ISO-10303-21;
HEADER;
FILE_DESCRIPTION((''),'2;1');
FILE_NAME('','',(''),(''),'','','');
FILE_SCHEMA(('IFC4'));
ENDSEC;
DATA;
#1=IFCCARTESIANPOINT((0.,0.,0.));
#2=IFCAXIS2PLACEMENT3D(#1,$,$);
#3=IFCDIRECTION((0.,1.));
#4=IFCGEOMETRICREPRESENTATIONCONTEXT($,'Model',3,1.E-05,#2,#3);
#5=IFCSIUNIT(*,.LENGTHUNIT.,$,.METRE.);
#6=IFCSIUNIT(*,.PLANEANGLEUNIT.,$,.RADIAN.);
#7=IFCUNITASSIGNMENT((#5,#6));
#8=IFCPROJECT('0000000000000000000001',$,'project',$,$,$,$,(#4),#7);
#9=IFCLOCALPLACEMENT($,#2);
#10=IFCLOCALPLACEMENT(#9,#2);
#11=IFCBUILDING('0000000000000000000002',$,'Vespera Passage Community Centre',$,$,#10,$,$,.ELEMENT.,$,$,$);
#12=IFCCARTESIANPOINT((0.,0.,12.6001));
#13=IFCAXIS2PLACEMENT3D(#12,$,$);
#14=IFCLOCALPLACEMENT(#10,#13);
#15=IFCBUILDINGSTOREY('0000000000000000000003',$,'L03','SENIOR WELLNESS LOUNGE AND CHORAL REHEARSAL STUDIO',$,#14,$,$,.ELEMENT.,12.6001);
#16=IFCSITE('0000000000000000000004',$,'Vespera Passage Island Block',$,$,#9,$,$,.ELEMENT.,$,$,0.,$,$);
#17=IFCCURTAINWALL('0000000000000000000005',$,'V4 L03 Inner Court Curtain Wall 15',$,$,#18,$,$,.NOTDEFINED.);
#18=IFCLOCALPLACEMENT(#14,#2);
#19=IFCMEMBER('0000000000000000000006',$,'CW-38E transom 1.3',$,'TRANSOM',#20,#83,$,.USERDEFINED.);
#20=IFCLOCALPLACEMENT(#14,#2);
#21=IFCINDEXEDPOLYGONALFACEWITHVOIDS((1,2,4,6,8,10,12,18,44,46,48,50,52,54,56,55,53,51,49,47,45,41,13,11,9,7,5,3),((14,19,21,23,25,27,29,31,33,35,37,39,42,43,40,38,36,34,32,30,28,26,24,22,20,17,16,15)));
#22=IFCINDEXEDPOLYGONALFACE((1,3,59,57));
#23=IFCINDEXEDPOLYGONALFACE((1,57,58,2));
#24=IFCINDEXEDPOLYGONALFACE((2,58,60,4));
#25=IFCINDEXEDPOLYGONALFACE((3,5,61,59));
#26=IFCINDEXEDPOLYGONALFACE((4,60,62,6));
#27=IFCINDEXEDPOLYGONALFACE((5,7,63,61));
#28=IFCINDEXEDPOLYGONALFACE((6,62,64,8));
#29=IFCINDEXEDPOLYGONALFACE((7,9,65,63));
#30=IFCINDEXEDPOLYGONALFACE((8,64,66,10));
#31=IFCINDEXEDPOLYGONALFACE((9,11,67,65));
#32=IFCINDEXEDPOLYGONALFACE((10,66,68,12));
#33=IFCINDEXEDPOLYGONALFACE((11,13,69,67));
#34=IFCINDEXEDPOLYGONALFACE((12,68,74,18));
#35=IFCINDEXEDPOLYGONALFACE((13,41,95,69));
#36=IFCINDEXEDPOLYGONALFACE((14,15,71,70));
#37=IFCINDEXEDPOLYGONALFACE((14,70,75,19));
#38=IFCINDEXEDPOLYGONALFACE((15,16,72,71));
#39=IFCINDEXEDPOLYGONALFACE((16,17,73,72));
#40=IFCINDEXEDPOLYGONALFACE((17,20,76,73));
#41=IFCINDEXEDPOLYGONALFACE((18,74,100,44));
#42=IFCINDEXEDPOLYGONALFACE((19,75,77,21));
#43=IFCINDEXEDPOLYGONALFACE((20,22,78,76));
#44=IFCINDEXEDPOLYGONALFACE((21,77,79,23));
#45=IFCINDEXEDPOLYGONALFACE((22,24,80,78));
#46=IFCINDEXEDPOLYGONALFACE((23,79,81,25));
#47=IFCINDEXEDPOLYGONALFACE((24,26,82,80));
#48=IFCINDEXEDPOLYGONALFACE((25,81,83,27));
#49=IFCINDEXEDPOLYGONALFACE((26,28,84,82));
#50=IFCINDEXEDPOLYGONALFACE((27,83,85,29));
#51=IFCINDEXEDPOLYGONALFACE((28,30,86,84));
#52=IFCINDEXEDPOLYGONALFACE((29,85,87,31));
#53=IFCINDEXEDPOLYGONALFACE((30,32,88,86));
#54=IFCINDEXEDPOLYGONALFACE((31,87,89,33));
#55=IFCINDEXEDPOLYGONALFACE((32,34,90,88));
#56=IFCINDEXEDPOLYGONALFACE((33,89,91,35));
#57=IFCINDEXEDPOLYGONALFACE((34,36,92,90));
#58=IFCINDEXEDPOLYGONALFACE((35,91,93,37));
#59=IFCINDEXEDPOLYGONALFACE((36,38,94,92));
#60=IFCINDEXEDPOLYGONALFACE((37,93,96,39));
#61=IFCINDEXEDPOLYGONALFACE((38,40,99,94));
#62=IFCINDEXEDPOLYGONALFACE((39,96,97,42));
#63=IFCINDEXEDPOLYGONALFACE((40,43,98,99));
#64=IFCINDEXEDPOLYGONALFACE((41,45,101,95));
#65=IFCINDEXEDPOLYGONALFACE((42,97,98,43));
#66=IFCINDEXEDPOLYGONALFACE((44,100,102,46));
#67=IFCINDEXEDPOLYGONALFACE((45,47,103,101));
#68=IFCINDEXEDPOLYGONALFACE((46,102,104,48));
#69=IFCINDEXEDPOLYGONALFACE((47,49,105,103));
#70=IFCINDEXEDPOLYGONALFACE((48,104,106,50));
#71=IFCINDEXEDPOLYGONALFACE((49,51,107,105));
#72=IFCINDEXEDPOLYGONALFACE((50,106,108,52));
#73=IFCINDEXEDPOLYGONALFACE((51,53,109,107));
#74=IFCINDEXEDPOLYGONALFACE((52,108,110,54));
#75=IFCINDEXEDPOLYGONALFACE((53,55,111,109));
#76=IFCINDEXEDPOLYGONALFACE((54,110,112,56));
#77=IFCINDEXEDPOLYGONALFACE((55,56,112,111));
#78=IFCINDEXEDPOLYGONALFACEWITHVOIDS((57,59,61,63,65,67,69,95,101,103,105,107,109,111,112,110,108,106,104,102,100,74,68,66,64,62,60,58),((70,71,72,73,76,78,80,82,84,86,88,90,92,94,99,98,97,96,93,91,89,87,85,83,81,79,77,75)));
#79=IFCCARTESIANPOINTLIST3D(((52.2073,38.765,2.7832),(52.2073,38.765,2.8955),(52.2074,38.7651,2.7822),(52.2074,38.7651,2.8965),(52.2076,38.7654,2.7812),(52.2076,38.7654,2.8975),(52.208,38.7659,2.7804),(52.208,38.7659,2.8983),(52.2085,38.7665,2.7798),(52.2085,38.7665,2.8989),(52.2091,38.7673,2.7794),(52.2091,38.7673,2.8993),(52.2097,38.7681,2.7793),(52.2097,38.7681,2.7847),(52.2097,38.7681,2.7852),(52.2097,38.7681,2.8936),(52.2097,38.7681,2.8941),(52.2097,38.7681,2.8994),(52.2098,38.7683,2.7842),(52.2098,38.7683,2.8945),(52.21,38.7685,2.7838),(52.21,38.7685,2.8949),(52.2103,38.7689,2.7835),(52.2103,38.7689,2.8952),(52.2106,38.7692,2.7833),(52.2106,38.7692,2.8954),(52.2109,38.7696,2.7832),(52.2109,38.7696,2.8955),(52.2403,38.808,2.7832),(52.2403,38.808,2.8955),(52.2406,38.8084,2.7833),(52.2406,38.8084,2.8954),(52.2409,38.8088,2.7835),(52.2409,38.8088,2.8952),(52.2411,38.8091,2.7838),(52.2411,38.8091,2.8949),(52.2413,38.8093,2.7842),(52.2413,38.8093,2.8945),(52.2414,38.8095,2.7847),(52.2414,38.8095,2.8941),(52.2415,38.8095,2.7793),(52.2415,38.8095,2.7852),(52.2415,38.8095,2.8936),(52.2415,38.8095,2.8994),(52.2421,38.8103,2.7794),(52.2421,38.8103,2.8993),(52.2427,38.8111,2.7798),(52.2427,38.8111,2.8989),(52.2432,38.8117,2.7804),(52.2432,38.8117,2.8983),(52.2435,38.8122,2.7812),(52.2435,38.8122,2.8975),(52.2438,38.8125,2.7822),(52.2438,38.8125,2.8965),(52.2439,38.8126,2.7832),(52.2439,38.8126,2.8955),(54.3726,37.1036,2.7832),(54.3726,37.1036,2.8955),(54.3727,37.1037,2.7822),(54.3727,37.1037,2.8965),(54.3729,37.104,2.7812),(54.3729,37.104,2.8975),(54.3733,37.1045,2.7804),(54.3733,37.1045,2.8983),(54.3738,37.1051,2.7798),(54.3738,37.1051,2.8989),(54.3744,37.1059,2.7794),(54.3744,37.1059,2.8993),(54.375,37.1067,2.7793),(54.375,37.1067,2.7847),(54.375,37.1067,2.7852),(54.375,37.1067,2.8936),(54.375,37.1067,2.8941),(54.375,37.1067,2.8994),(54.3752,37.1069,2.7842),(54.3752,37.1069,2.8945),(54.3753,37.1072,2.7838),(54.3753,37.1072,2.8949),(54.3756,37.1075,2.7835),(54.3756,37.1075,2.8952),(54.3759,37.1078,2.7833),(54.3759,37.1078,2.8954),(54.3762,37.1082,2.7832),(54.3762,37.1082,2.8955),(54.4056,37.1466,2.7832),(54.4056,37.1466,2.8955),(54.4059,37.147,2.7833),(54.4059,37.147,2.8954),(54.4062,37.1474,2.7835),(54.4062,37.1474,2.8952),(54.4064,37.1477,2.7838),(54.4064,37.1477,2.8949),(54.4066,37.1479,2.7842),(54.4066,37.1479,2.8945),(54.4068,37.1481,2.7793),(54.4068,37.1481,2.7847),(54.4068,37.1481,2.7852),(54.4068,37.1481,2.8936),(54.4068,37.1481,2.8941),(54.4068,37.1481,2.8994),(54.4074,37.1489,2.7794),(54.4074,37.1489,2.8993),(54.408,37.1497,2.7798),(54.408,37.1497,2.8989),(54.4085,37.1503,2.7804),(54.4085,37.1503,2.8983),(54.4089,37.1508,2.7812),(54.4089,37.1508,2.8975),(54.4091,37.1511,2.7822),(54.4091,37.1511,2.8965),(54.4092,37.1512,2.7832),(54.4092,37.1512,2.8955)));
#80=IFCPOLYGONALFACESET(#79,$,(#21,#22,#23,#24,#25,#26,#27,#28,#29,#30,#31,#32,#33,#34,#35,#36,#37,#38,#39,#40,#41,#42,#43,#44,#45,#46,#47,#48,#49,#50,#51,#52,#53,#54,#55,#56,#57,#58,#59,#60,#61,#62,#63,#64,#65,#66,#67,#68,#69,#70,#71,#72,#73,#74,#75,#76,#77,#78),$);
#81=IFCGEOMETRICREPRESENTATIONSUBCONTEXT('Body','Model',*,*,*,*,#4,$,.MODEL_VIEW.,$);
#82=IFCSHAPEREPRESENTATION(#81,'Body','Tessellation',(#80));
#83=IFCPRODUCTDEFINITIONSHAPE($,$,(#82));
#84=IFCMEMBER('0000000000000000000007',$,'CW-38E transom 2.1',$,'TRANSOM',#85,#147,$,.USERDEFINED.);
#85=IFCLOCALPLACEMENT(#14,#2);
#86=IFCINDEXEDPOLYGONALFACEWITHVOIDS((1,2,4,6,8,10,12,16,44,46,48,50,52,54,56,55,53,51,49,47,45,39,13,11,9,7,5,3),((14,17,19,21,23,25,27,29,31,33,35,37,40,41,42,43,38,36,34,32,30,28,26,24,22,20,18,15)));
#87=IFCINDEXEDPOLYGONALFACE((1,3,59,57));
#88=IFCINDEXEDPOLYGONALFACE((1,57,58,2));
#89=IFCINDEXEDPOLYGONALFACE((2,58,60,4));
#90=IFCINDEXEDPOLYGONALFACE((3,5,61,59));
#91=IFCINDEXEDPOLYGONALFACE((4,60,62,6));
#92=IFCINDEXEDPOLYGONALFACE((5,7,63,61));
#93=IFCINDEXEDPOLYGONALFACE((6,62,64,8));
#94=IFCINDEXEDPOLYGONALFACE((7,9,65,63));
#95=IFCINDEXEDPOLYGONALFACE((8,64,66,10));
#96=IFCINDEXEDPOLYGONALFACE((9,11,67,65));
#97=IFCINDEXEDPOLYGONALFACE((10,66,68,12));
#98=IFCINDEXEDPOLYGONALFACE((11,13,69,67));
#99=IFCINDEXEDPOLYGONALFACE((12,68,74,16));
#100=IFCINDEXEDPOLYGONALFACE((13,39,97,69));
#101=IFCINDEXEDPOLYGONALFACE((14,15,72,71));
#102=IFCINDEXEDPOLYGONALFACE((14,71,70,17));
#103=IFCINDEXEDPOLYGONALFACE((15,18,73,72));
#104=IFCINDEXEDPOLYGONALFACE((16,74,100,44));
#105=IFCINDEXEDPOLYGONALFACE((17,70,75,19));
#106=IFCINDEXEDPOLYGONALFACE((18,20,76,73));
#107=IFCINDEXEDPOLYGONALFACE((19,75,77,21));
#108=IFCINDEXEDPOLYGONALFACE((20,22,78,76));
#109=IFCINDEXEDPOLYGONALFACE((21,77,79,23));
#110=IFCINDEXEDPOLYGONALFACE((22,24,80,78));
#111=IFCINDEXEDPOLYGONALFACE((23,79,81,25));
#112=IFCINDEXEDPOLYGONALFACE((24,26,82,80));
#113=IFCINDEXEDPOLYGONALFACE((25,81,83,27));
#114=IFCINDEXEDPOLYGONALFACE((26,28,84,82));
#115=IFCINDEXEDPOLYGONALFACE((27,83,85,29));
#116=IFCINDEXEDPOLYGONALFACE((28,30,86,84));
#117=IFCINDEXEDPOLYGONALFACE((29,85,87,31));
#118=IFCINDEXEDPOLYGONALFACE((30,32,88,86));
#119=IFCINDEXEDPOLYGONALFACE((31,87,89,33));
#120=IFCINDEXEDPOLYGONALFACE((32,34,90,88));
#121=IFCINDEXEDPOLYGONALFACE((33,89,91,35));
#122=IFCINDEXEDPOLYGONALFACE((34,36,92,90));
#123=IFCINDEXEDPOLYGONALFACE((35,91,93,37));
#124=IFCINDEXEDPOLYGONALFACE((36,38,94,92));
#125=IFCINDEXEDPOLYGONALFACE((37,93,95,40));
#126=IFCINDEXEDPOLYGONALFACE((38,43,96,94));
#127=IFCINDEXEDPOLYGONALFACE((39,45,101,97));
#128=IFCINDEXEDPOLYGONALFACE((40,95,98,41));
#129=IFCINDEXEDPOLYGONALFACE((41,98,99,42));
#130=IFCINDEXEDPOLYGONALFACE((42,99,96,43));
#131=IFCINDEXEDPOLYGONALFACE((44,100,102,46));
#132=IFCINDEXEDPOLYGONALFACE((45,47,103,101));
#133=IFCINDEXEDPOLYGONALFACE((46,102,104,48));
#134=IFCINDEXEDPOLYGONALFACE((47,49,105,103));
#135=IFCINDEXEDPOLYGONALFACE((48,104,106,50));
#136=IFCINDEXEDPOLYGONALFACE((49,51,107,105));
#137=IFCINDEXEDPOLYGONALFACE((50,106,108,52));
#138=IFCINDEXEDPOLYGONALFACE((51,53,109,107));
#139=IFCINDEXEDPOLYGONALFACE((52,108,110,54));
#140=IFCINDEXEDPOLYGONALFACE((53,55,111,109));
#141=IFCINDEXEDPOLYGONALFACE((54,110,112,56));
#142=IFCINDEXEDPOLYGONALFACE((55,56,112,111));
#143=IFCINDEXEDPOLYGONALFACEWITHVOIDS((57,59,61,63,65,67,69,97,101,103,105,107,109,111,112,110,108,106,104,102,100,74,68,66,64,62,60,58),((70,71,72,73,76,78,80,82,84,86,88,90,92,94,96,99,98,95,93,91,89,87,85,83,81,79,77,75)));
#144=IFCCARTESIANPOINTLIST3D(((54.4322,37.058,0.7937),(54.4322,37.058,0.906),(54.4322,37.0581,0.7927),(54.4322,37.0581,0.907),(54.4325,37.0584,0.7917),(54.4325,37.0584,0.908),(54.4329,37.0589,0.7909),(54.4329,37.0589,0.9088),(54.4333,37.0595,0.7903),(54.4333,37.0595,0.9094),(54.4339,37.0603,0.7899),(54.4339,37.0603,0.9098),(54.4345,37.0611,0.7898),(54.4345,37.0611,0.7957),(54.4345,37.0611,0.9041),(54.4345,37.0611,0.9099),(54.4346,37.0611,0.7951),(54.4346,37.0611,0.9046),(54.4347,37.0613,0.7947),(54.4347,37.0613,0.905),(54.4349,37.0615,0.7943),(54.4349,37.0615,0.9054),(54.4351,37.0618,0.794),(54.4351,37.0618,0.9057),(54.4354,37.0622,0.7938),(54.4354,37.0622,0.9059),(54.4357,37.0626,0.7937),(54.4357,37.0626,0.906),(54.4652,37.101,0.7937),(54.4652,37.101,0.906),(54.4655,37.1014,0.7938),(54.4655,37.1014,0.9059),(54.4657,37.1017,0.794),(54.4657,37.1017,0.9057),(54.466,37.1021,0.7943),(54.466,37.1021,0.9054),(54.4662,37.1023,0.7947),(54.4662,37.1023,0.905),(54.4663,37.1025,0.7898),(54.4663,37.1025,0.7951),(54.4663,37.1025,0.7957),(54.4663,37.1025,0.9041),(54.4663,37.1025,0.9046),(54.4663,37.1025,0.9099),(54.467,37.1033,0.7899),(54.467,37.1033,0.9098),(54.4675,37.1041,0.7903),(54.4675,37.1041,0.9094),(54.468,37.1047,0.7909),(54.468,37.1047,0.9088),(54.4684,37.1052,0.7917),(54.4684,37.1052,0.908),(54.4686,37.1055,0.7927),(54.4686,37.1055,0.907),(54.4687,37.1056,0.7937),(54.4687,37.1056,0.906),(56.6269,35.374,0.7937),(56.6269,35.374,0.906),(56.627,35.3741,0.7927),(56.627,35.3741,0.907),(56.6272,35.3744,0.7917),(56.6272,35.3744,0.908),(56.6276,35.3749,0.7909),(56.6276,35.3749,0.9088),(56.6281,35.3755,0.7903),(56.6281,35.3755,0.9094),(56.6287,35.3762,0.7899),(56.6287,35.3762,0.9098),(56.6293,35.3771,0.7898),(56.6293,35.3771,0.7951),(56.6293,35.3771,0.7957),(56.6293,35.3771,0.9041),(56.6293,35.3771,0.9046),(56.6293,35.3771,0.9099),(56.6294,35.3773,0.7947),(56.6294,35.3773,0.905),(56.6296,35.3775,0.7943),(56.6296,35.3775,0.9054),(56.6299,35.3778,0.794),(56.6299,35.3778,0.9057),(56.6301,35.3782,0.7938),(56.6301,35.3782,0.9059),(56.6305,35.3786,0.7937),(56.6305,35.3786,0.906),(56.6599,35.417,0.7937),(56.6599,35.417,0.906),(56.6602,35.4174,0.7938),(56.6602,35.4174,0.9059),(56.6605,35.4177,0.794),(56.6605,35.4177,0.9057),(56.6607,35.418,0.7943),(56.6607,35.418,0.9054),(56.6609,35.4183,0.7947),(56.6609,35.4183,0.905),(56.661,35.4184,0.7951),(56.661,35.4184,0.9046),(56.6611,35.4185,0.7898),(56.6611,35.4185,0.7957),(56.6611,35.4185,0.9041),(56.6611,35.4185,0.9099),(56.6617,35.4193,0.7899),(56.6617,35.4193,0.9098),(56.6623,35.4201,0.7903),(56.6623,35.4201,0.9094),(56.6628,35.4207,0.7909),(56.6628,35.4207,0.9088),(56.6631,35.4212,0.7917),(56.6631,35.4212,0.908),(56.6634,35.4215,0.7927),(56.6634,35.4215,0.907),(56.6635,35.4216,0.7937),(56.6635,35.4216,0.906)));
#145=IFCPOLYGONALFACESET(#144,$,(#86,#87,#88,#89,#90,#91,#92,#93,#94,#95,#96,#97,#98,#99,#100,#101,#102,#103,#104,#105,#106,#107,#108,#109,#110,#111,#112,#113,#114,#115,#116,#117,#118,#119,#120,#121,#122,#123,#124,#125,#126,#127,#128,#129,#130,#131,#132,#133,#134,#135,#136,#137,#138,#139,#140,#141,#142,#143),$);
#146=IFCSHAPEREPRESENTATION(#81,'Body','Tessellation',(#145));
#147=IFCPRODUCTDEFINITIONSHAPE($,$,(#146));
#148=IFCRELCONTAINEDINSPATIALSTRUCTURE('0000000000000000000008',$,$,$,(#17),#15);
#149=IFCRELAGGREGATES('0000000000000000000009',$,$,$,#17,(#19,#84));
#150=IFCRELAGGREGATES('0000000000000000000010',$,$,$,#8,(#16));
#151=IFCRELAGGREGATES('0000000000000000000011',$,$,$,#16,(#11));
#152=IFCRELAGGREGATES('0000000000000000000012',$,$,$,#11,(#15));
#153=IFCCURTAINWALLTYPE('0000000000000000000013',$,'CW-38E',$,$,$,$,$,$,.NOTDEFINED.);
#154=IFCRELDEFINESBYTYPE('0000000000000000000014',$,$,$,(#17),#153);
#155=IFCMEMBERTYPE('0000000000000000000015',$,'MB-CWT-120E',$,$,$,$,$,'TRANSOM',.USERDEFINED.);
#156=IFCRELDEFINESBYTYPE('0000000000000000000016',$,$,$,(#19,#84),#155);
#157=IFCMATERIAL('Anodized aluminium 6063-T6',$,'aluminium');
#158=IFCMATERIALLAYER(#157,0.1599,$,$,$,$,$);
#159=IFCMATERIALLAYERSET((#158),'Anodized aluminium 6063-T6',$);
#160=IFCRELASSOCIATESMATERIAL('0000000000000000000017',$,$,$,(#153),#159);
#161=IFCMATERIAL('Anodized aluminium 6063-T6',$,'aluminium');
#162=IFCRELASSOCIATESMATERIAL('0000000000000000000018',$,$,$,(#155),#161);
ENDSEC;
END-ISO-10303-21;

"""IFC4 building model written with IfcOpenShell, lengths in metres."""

from ifc_helpers import new_model, si_unit, direction, frame, origin, origin_2d, place, context, subcontext, project, spatial, hollow_rectangle, extrude, material, layer, layer_set, material_profile, profile_set, type_object, element, aggregate, save


model = new_model("IFC4")

# Units and contexts
model_context = context("Model", 3, precision=1e-05, world=origin(), true_north=direction((0.0, 1.0)))
body_context = subcontext(model_context, "Body", "Model", "MODEL_VIEW")
ifc_project = project(units=[si_unit("LENGTHUNIT", "METRE"), si_unit("PLANEANGLEUNIT", "RADIAN")], contexts=[model_context])

# Site, building, storey
site_placement = place(None, origin())
site = spatial("IfcSite", under=ifc_project, at=site_placement, Name="Vespera Passage Island Block", CompositionType="ELEMENT", RefElevation=0.0)
building_placement = place(site_placement, origin())
building = spatial("IfcBuilding", under=site, at=building_placement, Name="Vespera Passage Community Centre", CompositionType="ELEMENT")
storey_placement = place(building_placement, frame((0.0, 0.0, 12.6001)))
storey = spatial("IfcBuildingStorey", under=building, at=storey_placement, Name="L03", Description="SENIOR WELLNESS LOUNGE AND CHORAL REHEARSAL STUDIO", CompositionType="ELEMENT", Elevation=12.6001)

# Curtain wall
ifc_material_1 = material(Name="Anodized aluminium 6063-T6", Category="aluminium")
ifc_layer_1 = layer(ifc_material_1, 0.1599)
ifc_layer_set_1 = layer_set([ifc_layer_1], Name="Anodized aluminium 6063-T6")
curtain_wall_type_1 = type_object("IfcCurtainWallType", Name="CW-38E", PredefinedType="NOTDEFINED", material=ifc_layer_set_1)
curtain_wall_1_placement = place(storey_placement, origin())
curtain_wall_1 = element("IfcCurtainWall", 1, at=curtain_wall_1_placement, inside=storey, type_object=curtain_wall_type_1, Name="V4 L03 Inner Court Curtain Wall 15", PredefinedType="NOTDEFINED")

# Members
ifc_material_2 = material(Name="Anodized aluminium 6063-T6", Category="aluminium")
ifc_material_profile_1 = material_profile(ifc_material_2, hollow_rectangle(XDim=0.0601, YDim=0.1201, WallThickness=0.0039, InnerFilletRadius=0.002, OuterFilletRadius=0.0039, at=origin_2d()), Name="ALU120X60X4")
ifc_profile_set_1 = profile_set([ifc_material_profile_1], Name="Anodized aluminium 6063-T6")
member_type_1 = type_object("IfcMemberType", Name="MB-CWT-120E", ElementType="TRANSOM", PredefinedType="USERDEFINED", material=ifc_profile_set_1)
member_1_placement = place(storey_placement, frame((52.2256, 38.7888, 2.8394), z_axis=(0.793372, -0.608738, 0.0), x_axis=(0.608738, 0.793372, 0.0)))
member_1 = element("IfcMember", 2, at=member_1_placement, type_object=member_type_1, Name="CW-38E transom 1.3", ObjectType="TRANSOM", PredefinedType="USERDEFINED", context=body_context, shape_type="SweptSolid", body=[
    extrude(hollow_rectangle(XDim=0.0601, YDim=0.1201, WallThickness=0.0039, InnerFilletRadius=0.002, OuterFilletRadius=0.0039, at=origin_2d()), origin(), (0.0, 0.0, 1.0), 2.7292),
])
member_2_placement = place(storey_placement, frame((54.4504, 37.0818, 0.8499), z_axis=(0.793365, -0.608746, 0.0), x_axis=(0.608746, 0.793365, 0.0)))
member_2 = element("IfcMember", 3, at=member_2_placement, type_object=member_type_1, Name="CW-38E transom 2.1", ObjectType="TRANSOM", PredefinedType="USERDEFINED", context=body_context, shape_type="SweptSolid", body=[
    extrude(hollow_rectangle(XDim=0.0601, YDim=0.1201, WallThickness=0.0039, InnerFilletRadius=0.002, OuterFilletRadius=0.0039, at=origin_2d()), origin(), (0.0, 0.0, 1.0), 2.7664),
])

aggregate(curtain_wall_1, [member_1, member_2])

save(model, "model.ifc")
